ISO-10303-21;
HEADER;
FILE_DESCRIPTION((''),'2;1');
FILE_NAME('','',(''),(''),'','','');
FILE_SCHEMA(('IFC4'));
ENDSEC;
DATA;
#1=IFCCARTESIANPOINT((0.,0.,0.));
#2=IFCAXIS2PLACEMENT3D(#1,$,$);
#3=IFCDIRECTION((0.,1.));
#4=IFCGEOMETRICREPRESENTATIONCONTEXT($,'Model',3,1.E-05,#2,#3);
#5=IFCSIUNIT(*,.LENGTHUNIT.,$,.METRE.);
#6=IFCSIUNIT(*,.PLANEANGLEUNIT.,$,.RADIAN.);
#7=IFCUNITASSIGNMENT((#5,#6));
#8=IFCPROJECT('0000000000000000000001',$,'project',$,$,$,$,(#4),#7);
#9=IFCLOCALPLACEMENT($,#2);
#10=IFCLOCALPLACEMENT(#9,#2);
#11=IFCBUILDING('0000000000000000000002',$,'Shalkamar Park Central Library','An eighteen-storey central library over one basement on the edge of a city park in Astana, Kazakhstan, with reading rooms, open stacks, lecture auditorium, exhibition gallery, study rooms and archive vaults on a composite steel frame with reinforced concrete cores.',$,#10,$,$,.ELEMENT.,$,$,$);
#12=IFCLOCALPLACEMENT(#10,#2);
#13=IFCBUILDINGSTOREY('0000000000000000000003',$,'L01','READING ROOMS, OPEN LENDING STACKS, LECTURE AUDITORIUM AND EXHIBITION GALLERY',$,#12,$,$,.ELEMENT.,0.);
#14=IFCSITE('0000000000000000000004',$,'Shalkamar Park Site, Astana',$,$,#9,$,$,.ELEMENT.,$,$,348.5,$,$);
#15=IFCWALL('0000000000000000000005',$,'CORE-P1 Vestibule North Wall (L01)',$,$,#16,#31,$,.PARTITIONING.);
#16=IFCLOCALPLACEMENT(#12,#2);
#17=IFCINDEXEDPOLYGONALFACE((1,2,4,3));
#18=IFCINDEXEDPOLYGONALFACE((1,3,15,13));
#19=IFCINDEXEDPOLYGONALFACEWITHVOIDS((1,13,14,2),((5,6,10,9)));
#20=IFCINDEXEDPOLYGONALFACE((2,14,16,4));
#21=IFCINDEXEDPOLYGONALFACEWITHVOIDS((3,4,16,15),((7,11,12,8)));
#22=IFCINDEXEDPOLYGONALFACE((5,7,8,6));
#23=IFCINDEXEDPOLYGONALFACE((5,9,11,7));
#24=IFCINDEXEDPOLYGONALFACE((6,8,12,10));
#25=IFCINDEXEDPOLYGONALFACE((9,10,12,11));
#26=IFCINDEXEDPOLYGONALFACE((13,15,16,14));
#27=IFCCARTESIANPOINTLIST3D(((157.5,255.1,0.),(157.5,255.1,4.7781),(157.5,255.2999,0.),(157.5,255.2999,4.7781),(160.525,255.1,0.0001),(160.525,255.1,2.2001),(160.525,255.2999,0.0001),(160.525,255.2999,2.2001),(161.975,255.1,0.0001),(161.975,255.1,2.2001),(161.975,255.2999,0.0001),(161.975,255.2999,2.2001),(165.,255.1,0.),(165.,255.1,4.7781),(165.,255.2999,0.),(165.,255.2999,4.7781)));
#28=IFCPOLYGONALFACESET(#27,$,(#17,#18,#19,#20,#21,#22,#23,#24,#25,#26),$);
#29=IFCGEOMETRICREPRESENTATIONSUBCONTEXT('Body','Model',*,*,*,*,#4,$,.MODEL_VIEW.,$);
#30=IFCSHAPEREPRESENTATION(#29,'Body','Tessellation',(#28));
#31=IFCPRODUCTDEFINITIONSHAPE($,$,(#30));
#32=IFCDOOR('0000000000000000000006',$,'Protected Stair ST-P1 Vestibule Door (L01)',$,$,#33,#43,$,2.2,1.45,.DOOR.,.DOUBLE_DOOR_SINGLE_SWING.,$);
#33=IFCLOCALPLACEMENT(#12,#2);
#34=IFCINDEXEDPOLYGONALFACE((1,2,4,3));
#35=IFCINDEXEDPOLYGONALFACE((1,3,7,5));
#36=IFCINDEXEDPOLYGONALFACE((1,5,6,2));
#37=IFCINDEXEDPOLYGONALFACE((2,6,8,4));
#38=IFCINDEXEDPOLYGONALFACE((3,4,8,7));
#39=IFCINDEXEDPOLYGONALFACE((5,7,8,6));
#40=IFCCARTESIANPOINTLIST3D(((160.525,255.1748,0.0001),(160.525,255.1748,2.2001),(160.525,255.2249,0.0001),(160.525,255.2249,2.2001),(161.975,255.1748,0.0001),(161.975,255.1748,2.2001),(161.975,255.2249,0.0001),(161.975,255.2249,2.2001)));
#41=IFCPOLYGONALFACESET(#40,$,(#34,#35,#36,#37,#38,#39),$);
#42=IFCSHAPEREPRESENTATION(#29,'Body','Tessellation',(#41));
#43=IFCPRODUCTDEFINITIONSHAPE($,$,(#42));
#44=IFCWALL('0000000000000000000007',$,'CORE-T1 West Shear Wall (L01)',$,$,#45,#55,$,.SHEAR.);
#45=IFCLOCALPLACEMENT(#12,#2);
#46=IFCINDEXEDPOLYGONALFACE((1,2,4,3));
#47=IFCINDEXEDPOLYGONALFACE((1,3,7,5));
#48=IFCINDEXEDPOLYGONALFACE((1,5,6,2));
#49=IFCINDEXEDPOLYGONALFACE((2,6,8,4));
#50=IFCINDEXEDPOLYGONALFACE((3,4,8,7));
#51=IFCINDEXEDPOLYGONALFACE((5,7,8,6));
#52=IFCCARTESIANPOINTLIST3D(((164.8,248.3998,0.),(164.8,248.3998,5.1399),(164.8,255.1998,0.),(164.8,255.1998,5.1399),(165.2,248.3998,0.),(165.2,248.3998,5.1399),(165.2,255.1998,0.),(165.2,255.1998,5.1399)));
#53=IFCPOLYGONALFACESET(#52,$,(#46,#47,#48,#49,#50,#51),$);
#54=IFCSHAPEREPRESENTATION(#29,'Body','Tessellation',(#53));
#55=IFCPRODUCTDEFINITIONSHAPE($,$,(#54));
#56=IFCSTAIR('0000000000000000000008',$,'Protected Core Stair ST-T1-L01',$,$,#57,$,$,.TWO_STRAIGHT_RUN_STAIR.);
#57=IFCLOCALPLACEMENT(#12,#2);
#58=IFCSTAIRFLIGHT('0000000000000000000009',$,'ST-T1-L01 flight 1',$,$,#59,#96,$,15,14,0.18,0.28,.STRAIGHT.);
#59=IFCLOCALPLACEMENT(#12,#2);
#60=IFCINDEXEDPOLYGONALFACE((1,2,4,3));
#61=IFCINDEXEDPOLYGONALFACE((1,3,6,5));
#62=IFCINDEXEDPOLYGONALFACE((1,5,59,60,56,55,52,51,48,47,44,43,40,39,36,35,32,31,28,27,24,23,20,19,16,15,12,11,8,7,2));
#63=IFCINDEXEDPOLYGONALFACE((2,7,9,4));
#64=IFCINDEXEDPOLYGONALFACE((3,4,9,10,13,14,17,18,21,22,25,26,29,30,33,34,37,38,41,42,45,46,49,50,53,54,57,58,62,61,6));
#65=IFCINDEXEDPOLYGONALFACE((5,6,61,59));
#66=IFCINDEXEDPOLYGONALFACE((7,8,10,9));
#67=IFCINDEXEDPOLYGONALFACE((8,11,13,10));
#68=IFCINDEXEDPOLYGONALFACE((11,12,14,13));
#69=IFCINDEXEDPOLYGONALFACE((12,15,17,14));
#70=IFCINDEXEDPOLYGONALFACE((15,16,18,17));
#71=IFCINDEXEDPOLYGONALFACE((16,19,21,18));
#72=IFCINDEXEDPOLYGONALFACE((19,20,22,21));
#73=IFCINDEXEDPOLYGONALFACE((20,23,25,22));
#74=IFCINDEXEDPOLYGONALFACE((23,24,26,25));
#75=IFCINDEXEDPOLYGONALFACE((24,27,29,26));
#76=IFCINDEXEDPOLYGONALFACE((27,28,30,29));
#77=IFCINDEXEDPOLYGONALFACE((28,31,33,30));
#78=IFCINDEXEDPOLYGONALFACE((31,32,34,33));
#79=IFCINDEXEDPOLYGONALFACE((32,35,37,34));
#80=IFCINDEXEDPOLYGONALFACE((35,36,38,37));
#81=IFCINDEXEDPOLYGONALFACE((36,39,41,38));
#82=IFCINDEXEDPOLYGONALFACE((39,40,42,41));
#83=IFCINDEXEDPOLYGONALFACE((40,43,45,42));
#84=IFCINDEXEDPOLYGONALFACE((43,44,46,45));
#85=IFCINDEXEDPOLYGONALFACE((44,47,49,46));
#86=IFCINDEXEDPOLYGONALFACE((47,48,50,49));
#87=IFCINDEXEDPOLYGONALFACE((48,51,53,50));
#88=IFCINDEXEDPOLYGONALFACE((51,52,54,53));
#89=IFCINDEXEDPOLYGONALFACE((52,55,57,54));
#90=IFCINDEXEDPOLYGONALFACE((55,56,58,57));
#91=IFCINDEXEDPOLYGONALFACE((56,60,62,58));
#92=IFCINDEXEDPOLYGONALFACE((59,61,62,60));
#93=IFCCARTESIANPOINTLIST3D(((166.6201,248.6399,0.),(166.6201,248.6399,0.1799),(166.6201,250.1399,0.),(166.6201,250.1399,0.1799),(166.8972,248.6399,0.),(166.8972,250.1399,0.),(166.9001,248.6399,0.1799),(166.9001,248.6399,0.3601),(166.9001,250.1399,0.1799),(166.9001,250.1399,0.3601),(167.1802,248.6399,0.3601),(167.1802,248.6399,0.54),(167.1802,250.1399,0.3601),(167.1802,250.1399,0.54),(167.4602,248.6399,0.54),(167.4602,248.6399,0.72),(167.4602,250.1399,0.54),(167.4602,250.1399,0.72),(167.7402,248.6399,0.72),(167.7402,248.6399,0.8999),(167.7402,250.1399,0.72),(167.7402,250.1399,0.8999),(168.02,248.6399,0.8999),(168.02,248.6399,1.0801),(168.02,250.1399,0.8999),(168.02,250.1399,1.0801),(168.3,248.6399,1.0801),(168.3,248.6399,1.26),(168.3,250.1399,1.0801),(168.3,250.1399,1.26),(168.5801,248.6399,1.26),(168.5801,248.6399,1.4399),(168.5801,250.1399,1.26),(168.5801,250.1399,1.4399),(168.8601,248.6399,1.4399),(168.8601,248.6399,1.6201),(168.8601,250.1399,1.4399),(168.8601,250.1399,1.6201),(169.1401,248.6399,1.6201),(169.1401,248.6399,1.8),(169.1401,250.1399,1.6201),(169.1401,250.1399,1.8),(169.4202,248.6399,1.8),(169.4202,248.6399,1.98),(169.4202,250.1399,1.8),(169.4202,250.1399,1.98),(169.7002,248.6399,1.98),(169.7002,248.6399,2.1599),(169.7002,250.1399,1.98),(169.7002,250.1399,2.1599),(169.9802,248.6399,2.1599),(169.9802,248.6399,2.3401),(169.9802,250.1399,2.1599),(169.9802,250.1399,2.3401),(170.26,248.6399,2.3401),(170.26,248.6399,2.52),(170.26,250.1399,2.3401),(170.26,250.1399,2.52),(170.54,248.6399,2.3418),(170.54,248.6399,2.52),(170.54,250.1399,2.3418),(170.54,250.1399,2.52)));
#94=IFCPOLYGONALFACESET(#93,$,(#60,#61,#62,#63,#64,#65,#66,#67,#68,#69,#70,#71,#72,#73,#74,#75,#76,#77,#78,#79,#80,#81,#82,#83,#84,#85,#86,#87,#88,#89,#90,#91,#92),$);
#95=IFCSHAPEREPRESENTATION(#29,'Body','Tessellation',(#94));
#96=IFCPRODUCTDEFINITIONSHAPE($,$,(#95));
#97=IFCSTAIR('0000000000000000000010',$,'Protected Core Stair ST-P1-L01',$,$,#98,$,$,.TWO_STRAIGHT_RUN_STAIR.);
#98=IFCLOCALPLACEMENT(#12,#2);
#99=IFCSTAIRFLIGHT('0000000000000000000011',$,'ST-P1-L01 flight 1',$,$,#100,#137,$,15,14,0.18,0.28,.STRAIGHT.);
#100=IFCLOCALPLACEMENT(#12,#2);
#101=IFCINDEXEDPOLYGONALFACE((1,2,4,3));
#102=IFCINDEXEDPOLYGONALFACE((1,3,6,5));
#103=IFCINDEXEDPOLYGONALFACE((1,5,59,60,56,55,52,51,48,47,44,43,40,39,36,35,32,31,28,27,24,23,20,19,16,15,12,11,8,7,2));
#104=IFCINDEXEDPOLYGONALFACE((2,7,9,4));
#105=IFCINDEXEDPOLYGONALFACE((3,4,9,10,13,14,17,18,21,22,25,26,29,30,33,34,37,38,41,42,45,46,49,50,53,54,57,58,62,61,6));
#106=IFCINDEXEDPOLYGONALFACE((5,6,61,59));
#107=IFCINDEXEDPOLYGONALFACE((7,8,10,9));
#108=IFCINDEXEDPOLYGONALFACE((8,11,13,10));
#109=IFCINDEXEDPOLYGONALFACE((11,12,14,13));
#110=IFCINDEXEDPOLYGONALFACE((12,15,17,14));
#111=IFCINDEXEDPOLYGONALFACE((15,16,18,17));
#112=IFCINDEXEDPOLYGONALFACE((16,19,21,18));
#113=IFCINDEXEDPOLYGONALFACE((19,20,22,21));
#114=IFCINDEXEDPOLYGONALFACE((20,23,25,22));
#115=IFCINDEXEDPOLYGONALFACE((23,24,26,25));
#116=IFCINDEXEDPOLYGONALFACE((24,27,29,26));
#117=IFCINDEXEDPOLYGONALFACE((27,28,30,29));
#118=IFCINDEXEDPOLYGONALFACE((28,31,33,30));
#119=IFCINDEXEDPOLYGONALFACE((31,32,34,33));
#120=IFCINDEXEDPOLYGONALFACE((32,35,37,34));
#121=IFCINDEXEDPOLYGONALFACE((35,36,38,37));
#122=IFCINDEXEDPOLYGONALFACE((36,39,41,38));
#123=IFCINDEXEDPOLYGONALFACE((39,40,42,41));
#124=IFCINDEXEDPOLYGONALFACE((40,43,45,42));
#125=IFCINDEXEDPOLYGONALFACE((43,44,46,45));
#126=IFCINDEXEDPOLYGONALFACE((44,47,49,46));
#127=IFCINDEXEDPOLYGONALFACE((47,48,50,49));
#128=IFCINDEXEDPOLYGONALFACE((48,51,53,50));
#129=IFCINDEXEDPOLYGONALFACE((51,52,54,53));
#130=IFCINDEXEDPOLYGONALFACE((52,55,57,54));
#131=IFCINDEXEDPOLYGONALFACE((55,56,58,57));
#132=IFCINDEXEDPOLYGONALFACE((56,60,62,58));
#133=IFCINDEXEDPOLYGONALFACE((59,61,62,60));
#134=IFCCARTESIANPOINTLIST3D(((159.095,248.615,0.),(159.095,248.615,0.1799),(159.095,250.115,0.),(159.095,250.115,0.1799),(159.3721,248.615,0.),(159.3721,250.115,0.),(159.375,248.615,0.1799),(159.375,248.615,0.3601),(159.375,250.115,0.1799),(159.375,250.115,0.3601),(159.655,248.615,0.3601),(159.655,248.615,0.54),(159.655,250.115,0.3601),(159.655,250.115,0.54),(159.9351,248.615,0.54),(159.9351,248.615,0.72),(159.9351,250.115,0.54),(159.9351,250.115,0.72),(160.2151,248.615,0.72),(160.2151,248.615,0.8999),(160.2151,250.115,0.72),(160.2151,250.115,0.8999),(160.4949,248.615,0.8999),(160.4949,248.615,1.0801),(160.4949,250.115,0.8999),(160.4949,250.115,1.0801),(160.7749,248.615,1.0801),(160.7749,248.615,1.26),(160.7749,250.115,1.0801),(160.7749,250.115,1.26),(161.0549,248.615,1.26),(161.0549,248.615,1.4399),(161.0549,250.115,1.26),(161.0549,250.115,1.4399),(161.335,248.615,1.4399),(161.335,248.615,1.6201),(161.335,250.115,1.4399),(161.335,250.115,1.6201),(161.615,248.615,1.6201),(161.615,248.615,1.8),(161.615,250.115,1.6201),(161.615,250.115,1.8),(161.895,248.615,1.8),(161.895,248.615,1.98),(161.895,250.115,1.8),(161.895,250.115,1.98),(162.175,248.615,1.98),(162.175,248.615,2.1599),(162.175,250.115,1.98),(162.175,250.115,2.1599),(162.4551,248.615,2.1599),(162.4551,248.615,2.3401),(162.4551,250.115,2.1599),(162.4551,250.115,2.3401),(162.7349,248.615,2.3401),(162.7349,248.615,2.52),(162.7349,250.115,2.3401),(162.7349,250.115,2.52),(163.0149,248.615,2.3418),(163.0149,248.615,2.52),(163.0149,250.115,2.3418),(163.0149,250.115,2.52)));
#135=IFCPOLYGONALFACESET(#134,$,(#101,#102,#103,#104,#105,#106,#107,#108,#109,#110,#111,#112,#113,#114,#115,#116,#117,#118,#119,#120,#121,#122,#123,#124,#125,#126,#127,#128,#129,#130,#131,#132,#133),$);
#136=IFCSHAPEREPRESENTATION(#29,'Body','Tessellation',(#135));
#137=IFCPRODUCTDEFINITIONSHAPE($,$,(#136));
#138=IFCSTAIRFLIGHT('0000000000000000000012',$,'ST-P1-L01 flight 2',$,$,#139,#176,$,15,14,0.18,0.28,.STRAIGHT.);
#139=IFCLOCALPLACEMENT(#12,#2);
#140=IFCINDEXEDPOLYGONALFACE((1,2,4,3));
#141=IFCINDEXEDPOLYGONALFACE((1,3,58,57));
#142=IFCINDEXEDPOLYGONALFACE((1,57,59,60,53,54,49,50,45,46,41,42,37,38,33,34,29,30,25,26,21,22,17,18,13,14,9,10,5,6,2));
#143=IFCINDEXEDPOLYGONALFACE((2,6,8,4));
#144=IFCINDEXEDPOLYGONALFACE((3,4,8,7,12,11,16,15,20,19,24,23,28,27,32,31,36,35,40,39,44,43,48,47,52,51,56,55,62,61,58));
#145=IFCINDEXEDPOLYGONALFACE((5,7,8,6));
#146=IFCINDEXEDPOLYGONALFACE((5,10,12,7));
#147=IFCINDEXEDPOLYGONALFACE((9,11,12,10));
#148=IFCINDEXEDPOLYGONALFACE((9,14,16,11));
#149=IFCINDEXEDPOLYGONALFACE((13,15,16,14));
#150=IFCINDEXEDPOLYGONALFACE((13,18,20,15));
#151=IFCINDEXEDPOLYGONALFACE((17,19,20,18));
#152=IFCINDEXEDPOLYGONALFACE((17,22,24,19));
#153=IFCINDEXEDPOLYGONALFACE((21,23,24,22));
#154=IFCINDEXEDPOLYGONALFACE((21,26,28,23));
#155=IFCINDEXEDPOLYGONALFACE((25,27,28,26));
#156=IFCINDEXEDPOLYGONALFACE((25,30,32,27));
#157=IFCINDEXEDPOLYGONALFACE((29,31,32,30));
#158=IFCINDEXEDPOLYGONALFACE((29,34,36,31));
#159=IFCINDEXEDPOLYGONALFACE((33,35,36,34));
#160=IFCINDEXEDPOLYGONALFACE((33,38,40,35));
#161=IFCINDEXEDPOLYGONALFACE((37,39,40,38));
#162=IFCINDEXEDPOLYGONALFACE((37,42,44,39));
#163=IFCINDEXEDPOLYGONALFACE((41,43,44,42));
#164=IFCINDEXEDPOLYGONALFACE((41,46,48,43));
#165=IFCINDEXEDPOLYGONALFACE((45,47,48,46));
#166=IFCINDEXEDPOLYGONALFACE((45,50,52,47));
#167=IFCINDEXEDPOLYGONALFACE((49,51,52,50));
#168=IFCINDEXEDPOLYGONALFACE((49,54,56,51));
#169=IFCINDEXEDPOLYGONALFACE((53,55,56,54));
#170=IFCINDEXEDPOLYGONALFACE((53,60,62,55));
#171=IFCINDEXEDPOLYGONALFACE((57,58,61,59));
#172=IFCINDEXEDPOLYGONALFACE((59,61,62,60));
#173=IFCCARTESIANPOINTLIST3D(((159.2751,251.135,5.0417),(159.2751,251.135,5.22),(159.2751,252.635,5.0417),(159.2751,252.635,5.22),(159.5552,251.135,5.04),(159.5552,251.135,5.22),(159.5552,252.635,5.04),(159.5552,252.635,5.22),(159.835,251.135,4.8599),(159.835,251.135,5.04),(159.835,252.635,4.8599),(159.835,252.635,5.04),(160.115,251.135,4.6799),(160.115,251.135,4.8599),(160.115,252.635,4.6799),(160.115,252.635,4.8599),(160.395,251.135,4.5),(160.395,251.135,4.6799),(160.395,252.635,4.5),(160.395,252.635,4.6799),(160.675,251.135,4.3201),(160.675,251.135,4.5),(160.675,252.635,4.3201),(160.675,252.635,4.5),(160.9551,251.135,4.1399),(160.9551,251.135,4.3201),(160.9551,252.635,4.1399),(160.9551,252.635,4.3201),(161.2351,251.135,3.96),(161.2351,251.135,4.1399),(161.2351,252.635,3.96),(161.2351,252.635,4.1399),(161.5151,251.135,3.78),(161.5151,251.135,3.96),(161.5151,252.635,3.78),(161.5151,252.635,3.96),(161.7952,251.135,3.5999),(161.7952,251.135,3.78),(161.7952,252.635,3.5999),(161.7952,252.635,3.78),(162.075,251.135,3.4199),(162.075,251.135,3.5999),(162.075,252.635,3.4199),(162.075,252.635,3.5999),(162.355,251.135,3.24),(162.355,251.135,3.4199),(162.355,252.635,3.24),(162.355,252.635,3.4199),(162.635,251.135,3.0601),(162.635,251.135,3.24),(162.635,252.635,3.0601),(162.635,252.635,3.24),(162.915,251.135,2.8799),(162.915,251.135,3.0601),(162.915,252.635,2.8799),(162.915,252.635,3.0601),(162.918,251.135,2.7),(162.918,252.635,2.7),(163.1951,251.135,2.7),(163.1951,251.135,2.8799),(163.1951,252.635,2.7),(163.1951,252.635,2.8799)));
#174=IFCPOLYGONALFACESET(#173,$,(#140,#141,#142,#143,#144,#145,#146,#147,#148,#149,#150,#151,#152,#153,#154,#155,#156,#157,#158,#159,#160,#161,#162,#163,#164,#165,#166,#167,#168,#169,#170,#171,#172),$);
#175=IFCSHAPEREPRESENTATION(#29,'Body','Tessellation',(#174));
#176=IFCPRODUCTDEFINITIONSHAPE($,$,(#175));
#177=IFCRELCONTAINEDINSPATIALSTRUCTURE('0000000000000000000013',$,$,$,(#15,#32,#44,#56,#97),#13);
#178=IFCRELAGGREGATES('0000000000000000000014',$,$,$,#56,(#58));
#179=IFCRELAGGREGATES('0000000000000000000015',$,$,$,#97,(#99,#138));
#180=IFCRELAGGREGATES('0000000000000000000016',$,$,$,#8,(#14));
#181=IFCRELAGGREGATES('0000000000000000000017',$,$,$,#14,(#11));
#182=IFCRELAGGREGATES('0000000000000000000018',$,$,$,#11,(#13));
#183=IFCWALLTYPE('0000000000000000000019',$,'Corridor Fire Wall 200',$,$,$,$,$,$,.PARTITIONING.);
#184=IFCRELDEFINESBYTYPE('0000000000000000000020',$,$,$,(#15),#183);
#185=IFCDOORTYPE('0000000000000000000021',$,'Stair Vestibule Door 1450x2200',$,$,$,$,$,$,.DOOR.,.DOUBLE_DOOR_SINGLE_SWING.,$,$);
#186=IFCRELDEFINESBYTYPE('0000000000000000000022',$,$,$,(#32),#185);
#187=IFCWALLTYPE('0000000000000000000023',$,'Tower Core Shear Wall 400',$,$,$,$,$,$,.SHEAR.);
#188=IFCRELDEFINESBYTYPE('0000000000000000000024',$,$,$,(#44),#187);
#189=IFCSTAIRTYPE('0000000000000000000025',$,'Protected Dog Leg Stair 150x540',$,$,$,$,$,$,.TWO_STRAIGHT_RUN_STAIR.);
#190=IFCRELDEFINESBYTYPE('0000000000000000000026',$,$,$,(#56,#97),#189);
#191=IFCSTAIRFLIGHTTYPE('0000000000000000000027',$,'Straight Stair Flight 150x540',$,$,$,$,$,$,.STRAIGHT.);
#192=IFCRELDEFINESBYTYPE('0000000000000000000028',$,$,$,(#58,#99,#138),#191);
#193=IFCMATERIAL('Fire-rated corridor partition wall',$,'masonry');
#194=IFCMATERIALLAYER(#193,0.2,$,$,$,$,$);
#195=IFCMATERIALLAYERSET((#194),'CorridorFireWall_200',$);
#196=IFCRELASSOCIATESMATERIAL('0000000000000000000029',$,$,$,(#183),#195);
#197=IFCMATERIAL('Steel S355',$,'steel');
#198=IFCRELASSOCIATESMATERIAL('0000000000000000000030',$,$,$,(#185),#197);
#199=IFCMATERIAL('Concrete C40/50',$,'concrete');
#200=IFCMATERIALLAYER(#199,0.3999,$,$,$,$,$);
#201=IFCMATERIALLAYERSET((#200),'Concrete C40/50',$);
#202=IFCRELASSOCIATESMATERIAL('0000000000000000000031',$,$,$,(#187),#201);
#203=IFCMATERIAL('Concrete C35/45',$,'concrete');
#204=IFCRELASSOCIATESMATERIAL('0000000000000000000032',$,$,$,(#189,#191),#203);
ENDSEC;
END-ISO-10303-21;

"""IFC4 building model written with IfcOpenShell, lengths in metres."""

from ifc_helpers import new_model, si_unit, direction, frame, frame_2d, origin, place, context, subcontext, project, spatial, polyline, rectangle, outline, extrude, material, layer, layer_set, type_object, element, fill, aggregate, save


model = new_model("IFC4")

# Units and contexts
model_context = context("Model", 3, precision=1e-05, world=origin(), true_north=direction((0.0, 1.0)))
body_context = subcontext(model_context, "Body", "Model", "MODEL_VIEW")
ifc_project = project(units=[si_unit("LENGTHUNIT", "METRE"), si_unit("PLANEANGLEUNIT", "RADIAN")], contexts=[model_context])

# Site, building, storey
site_placement = place(None, origin())
site = spatial("IfcSite", under=ifc_project, at=site_placement, Name="Shalkamar Park Site, Astana", CompositionType="ELEMENT", RefElevation=348.5)
building_placement = place(site_placement, origin())
building = spatial("IfcBuilding", under=site, at=building_placement, Name="Shalkamar Park Central Library", Description="An eighteen-storey central library over one basement on the edge of a city park in Astana, Kazakhstan, with reading rooms, open stacks, lecture auditorium, exhibition gallery, study rooms and archive vaults on a composite steel frame with reinforced concrete cores.", CompositionType="ELEMENT")
storey_placement = place(building_placement, origin())
storey = spatial("IfcBuildingStorey", under=building, at=storey_placement, Name="L01", Description="READING ROOMS, OPEN LENDING STACKS, LECTURE AUDITORIUM AND EXHIBITION GALLERY", CompositionType="ELEMENT", Elevation=0.0)

# Shared definitions
ifc_material_1 = material(Name="Steel S355", Category="steel")

# Wall, opening, door
ifc_material_2 = material(Name="Fire-rated corridor partition wall", Category="masonry")
ifc_layer_1 = layer(ifc_material_2, 0.2)
ifc_layer_set_1 = layer_set([ifc_layer_1], Name="CorridorFireWall_200")
wall_type_1 = type_object("IfcWallType", Name="Corridor Fire Wall 200", PredefinedType="PARTITIONING", material=ifc_layer_set_1)
door_type_1 = type_object("IfcDoorType", Name="Stair Vestibule Door 1450x2200", OperationType="DOUBLE_DOOR_SINGLE_SWING", PredefinedType="DOOR", material=ifc_material_1)
wall_1_placement = place(storey_placement, frame((157.5, 255.2, 0.0), z_axis=(0.0, 0.0, 1.0), x_axis=(1.0, 0.0, 0.0)))
wall_1 = element("IfcWall", 1, at=wall_1_placement, inside=storey, type_object=wall_type_1, Name="CORE-P1 Vestibule North Wall (L01)", PredefinedType="PARTITIONING", context=body_context, shape_type="SweptSolid", body=[
    extrude(rectangle(XDim=7.5, YDim=0.2, at=frame_2d((3.75, 0.0))), origin(), (0.0, 0.0, 1.0), 4.7781),
])
opening_1_placement = place(wall_1_placement, frame((3.0249, 0.0, 0.0)))
opening_1 = element("IfcOpeningElement", 2, at=opening_1_placement, cuts=wall_1, PredefinedType="OPENING", context=body_context, shape_type="SweptSolid", body=[
    extrude(rectangle(XDim=1.45, YDim=2.2, at=frame_2d((0.7251, 1.1001))), frame((0.0, 0.1147, 0.0), z_axis=(0.0, -1.0, 0.0), x_axis=(1.0, 0.0, 0.0)), (0.0, 0.0, 1.0), 0.2297),
])
door_1_placement = place(opening_1_placement, origin())
door_1 = element("IfcDoor", 3, at=door_1_placement, inside=storey, type_object=door_type_1, Name="Protected Stair ST-P1 Vestibule Door (L01)", OperationType="DOUBLE_DOOR_SINGLE_SWING", OverallHeight=2.2, OverallWidth=1.45, PredefinedType="DOOR", context=body_context, shape_type="SweptSolid", body=[
    extrude(rectangle(XDim=1.45, YDim=2.2, at=frame_2d((0.7251, 1.1001))), frame((0.0, 0.0249, 0.0), z_axis=(0.0, -1.0, 0.0), x_axis=(1.0, 0.0, 0.0)), (0.0, 0.0, 1.0), 0.05),
])
fill(opening_1, door_1)
ifc_material_3 = material(Name="Concrete C40/50", Category="concrete")
ifc_layer_2 = layer(ifc_material_3, 0.3999)
ifc_layer_set_2 = layer_set([ifc_layer_2], Name="Concrete C40/50")
wall_type_2 = type_object("IfcWallType", Name="Tower Core Shear Wall 400", PredefinedType="SHEAR", material=ifc_layer_set_2)

# Wall
wall_2_placement = place(storey_placement, frame((165.0, 248.3999, 0.0), z_axis=(0.0, 0.0, 1.0), x_axis=(0.0, 1.0, 0.0)))
element("IfcWall", 4, at=wall_2_placement, inside=storey, type_object=wall_type_2, Name="CORE-T1 West Shear Wall (L01)", PredefinedType="SHEAR", context=body_context, shape_type="SweptSolid", body=[
    extrude(rectangle(XDim=6.8, YDim=0.3999, at=frame_2d((3.3999, 0.0))), origin(), (0.0, 0.0, 1.0), 5.1399),
])

# Stair, stair flight
ifc_material_4 = material(Name="Concrete C35/45", Category="concrete")
stair_type = type_object("IfcStairType", Name="Protected Dog Leg Stair 150x540", PredefinedType="TWO_STRAIGHT_RUN_STAIR", material=ifc_material_4)
stair_1_placement = place(storey_placement, origin())
stair_1 = element("IfcStair", 5, at=stair_1_placement, inside=storey, type_object=stair_type, Name="Protected Core Stair ST-T1-L01", PredefinedType="TWO_STRAIGHT_RUN_STAIR")
stair_flight_type = type_object("IfcStairFlightType", Name="Straight Stair Flight 150x540", PredefinedType="STRAIGHT", material=ifc_material_4)
stair_flight_1_placement = place(storey_placement, frame((166.6201, 249.3899, 0.0), z_axis=(0.0, 0.0, 1.0), x_axis=(1.0, 0.0, 0.0)))
stair_flight_1 = element("IfcStairFlight", 6, at=stair_flight_1_placement, type_object=stair_flight_type, Name="ST-T1-L01 flight 1", NumberOfRisers=15, NumberOfTreads=14, PredefinedType="STRAIGHT", RiserHeight=0.18, TreadLength=0.28, context=body_context, shape_type="SweptSolid", body=[
    extrude(outline(polyline([(0.0, 0.0), (0.0, 0.1799), (0.28, 0.1799), (0.28, 0.3601), (0.5601, 0.3601), (0.5601, 0.54), (0.8401, 0.54), (0.8401, 0.72), (1.1201, 0.72), (1.1201, 0.8999), (1.3999, 0.8999), (1.3999, 1.0801), (1.6799, 1.0801), (1.6799, 1.26), (1.96, 1.26), (1.96, 1.4399), (2.24, 1.4399), (2.24, 1.6201), (2.52, 1.6201), (2.52, 1.8), (2.8, 1.8), (2.8, 1.98), (3.0801, 1.98), (3.0801, 2.1599), (3.3601, 2.1599), (3.3601, 2.3401), (3.6399, 2.3401), (3.6399, 2.52), (3.9199, 2.52), (3.9199, 2.7), (3.9199, 2.3418), (0.2771, 0.0), (0.0, 0.0)])), frame((0.0, 0.75, 0.0), z_axis=(0.0, -1.0, 0.0), x_axis=(1.0, 0.0, 0.0)), (0.0, 0.0, 1.0), 1.5),
])
aggregate(stair_1, [stair_flight_1])

# Stair, stair flights
stair_2_placement = place(storey_placement, origin())
stair_2 = element("IfcStair", 7, at=stair_2_placement, inside=storey, type_object=stair_type, Name="Protected Core Stair ST-P1-L01", PredefinedType="TWO_STRAIGHT_RUN_STAIR")
stair_flight_2_placement = place(storey_placement, frame((159.095, 249.365, 0.0), z_axis=(0.0, 0.0, 1.0), x_axis=(1.0, 0.0, 0.0)))
stair_flight_2 = element("IfcStairFlight", 8, at=stair_flight_2_placement, type_object=stair_flight_type, Name="ST-P1-L01 flight 1", NumberOfRisers=15, NumberOfTreads=14, PredefinedType="STRAIGHT", RiserHeight=0.18, TreadLength=0.28, context=body_context, shape_type="SweptSolid", body=[
    extrude(outline(polyline([(0.0, 0.0), (0.0, 0.1799), (0.28, 0.1799), (0.28, 0.3601), (0.5601, 0.3601), (0.5601, 0.54), (0.8401, 0.54), (0.8401, 0.72), (1.1201, 0.72), (1.1201, 0.8999), (1.3999, 0.8999), (1.3999, 1.0801), (1.6799, 1.0801), (1.6799, 1.26), (1.96, 1.26), (1.96, 1.4399), (2.24, 1.4399), (2.24, 1.6201), (2.52, 1.6201), (2.52, 1.8), (2.8, 1.8), (2.8, 1.98), (3.0801, 1.98), (3.0801, 2.1599), (3.3601, 2.1599), (3.3601, 2.3401), (3.6399, 2.3401), (3.6399, 2.52), (3.9199, 2.52), (3.9199, 2.7), (3.9199, 2.3418), (0.2771, 0.0), (0.0, 0.0)])), frame((0.0, 0.75, 0.0), z_axis=(0.0, -1.0, 0.0), x_axis=(1.0, 0.0, 0.0)), (0.0, 0.0, 1.0), 1.5),
])
stair_flight_3_placement = place(storey_placement, frame((163.1951, 251.885, 2.7), z_axis=(0.0, 0.0, 1.0), x_axis=(-1.0, 0.0, 0.0)))
stair_flight_3 = element("IfcStairFlight", 9, at=stair_flight_3_placement, type_object=stair_flight_type, Name="ST-P1-L01 flight 2", NumberOfRisers=15, NumberOfTreads=14, PredefinedType="STRAIGHT", RiserHeight=0.18, TreadLength=0.28, context=body_context, shape_type="SweptSolid", body=[
    extrude(outline(polyline([(0.0, 0.0), (0.0, 0.1799), (0.28, 0.1799), (0.28, 0.3601), (0.5601, 0.3601), (0.5601, 0.54), (0.8401, 0.54), (0.8401, 0.72), (1.1201, 0.72), (1.1201, 0.8999), (1.3999, 0.8999), (1.3999, 1.0801), (1.6799, 1.0801), (1.6799, 1.26), (1.96, 1.26), (1.96, 1.4399), (2.24, 1.4399), (2.24, 1.6201), (2.52, 1.6201), (2.52, 1.8), (2.8, 1.8), (2.8, 1.98), (3.0801, 1.98), (3.0801, 2.1599), (3.3601, 2.1599), (3.3601, 2.3401), (3.6399, 2.3401), (3.6399, 2.52), (3.9199, 2.52), (3.9199, 2.7), (3.9199, 2.3418), (0.2771, 0.0), (0.0, 0.0)])), frame((0.0, 0.75, 0.0), z_axis=(0.0, -1.0, 0.0), x_axis=(1.0, 0.0, 0.0)), (0.0, 0.0, 1.0), 1.5),
])
aggregate(stair_2, [stair_flight_2, stair_flight_3])

save(model, "model.ifc")
